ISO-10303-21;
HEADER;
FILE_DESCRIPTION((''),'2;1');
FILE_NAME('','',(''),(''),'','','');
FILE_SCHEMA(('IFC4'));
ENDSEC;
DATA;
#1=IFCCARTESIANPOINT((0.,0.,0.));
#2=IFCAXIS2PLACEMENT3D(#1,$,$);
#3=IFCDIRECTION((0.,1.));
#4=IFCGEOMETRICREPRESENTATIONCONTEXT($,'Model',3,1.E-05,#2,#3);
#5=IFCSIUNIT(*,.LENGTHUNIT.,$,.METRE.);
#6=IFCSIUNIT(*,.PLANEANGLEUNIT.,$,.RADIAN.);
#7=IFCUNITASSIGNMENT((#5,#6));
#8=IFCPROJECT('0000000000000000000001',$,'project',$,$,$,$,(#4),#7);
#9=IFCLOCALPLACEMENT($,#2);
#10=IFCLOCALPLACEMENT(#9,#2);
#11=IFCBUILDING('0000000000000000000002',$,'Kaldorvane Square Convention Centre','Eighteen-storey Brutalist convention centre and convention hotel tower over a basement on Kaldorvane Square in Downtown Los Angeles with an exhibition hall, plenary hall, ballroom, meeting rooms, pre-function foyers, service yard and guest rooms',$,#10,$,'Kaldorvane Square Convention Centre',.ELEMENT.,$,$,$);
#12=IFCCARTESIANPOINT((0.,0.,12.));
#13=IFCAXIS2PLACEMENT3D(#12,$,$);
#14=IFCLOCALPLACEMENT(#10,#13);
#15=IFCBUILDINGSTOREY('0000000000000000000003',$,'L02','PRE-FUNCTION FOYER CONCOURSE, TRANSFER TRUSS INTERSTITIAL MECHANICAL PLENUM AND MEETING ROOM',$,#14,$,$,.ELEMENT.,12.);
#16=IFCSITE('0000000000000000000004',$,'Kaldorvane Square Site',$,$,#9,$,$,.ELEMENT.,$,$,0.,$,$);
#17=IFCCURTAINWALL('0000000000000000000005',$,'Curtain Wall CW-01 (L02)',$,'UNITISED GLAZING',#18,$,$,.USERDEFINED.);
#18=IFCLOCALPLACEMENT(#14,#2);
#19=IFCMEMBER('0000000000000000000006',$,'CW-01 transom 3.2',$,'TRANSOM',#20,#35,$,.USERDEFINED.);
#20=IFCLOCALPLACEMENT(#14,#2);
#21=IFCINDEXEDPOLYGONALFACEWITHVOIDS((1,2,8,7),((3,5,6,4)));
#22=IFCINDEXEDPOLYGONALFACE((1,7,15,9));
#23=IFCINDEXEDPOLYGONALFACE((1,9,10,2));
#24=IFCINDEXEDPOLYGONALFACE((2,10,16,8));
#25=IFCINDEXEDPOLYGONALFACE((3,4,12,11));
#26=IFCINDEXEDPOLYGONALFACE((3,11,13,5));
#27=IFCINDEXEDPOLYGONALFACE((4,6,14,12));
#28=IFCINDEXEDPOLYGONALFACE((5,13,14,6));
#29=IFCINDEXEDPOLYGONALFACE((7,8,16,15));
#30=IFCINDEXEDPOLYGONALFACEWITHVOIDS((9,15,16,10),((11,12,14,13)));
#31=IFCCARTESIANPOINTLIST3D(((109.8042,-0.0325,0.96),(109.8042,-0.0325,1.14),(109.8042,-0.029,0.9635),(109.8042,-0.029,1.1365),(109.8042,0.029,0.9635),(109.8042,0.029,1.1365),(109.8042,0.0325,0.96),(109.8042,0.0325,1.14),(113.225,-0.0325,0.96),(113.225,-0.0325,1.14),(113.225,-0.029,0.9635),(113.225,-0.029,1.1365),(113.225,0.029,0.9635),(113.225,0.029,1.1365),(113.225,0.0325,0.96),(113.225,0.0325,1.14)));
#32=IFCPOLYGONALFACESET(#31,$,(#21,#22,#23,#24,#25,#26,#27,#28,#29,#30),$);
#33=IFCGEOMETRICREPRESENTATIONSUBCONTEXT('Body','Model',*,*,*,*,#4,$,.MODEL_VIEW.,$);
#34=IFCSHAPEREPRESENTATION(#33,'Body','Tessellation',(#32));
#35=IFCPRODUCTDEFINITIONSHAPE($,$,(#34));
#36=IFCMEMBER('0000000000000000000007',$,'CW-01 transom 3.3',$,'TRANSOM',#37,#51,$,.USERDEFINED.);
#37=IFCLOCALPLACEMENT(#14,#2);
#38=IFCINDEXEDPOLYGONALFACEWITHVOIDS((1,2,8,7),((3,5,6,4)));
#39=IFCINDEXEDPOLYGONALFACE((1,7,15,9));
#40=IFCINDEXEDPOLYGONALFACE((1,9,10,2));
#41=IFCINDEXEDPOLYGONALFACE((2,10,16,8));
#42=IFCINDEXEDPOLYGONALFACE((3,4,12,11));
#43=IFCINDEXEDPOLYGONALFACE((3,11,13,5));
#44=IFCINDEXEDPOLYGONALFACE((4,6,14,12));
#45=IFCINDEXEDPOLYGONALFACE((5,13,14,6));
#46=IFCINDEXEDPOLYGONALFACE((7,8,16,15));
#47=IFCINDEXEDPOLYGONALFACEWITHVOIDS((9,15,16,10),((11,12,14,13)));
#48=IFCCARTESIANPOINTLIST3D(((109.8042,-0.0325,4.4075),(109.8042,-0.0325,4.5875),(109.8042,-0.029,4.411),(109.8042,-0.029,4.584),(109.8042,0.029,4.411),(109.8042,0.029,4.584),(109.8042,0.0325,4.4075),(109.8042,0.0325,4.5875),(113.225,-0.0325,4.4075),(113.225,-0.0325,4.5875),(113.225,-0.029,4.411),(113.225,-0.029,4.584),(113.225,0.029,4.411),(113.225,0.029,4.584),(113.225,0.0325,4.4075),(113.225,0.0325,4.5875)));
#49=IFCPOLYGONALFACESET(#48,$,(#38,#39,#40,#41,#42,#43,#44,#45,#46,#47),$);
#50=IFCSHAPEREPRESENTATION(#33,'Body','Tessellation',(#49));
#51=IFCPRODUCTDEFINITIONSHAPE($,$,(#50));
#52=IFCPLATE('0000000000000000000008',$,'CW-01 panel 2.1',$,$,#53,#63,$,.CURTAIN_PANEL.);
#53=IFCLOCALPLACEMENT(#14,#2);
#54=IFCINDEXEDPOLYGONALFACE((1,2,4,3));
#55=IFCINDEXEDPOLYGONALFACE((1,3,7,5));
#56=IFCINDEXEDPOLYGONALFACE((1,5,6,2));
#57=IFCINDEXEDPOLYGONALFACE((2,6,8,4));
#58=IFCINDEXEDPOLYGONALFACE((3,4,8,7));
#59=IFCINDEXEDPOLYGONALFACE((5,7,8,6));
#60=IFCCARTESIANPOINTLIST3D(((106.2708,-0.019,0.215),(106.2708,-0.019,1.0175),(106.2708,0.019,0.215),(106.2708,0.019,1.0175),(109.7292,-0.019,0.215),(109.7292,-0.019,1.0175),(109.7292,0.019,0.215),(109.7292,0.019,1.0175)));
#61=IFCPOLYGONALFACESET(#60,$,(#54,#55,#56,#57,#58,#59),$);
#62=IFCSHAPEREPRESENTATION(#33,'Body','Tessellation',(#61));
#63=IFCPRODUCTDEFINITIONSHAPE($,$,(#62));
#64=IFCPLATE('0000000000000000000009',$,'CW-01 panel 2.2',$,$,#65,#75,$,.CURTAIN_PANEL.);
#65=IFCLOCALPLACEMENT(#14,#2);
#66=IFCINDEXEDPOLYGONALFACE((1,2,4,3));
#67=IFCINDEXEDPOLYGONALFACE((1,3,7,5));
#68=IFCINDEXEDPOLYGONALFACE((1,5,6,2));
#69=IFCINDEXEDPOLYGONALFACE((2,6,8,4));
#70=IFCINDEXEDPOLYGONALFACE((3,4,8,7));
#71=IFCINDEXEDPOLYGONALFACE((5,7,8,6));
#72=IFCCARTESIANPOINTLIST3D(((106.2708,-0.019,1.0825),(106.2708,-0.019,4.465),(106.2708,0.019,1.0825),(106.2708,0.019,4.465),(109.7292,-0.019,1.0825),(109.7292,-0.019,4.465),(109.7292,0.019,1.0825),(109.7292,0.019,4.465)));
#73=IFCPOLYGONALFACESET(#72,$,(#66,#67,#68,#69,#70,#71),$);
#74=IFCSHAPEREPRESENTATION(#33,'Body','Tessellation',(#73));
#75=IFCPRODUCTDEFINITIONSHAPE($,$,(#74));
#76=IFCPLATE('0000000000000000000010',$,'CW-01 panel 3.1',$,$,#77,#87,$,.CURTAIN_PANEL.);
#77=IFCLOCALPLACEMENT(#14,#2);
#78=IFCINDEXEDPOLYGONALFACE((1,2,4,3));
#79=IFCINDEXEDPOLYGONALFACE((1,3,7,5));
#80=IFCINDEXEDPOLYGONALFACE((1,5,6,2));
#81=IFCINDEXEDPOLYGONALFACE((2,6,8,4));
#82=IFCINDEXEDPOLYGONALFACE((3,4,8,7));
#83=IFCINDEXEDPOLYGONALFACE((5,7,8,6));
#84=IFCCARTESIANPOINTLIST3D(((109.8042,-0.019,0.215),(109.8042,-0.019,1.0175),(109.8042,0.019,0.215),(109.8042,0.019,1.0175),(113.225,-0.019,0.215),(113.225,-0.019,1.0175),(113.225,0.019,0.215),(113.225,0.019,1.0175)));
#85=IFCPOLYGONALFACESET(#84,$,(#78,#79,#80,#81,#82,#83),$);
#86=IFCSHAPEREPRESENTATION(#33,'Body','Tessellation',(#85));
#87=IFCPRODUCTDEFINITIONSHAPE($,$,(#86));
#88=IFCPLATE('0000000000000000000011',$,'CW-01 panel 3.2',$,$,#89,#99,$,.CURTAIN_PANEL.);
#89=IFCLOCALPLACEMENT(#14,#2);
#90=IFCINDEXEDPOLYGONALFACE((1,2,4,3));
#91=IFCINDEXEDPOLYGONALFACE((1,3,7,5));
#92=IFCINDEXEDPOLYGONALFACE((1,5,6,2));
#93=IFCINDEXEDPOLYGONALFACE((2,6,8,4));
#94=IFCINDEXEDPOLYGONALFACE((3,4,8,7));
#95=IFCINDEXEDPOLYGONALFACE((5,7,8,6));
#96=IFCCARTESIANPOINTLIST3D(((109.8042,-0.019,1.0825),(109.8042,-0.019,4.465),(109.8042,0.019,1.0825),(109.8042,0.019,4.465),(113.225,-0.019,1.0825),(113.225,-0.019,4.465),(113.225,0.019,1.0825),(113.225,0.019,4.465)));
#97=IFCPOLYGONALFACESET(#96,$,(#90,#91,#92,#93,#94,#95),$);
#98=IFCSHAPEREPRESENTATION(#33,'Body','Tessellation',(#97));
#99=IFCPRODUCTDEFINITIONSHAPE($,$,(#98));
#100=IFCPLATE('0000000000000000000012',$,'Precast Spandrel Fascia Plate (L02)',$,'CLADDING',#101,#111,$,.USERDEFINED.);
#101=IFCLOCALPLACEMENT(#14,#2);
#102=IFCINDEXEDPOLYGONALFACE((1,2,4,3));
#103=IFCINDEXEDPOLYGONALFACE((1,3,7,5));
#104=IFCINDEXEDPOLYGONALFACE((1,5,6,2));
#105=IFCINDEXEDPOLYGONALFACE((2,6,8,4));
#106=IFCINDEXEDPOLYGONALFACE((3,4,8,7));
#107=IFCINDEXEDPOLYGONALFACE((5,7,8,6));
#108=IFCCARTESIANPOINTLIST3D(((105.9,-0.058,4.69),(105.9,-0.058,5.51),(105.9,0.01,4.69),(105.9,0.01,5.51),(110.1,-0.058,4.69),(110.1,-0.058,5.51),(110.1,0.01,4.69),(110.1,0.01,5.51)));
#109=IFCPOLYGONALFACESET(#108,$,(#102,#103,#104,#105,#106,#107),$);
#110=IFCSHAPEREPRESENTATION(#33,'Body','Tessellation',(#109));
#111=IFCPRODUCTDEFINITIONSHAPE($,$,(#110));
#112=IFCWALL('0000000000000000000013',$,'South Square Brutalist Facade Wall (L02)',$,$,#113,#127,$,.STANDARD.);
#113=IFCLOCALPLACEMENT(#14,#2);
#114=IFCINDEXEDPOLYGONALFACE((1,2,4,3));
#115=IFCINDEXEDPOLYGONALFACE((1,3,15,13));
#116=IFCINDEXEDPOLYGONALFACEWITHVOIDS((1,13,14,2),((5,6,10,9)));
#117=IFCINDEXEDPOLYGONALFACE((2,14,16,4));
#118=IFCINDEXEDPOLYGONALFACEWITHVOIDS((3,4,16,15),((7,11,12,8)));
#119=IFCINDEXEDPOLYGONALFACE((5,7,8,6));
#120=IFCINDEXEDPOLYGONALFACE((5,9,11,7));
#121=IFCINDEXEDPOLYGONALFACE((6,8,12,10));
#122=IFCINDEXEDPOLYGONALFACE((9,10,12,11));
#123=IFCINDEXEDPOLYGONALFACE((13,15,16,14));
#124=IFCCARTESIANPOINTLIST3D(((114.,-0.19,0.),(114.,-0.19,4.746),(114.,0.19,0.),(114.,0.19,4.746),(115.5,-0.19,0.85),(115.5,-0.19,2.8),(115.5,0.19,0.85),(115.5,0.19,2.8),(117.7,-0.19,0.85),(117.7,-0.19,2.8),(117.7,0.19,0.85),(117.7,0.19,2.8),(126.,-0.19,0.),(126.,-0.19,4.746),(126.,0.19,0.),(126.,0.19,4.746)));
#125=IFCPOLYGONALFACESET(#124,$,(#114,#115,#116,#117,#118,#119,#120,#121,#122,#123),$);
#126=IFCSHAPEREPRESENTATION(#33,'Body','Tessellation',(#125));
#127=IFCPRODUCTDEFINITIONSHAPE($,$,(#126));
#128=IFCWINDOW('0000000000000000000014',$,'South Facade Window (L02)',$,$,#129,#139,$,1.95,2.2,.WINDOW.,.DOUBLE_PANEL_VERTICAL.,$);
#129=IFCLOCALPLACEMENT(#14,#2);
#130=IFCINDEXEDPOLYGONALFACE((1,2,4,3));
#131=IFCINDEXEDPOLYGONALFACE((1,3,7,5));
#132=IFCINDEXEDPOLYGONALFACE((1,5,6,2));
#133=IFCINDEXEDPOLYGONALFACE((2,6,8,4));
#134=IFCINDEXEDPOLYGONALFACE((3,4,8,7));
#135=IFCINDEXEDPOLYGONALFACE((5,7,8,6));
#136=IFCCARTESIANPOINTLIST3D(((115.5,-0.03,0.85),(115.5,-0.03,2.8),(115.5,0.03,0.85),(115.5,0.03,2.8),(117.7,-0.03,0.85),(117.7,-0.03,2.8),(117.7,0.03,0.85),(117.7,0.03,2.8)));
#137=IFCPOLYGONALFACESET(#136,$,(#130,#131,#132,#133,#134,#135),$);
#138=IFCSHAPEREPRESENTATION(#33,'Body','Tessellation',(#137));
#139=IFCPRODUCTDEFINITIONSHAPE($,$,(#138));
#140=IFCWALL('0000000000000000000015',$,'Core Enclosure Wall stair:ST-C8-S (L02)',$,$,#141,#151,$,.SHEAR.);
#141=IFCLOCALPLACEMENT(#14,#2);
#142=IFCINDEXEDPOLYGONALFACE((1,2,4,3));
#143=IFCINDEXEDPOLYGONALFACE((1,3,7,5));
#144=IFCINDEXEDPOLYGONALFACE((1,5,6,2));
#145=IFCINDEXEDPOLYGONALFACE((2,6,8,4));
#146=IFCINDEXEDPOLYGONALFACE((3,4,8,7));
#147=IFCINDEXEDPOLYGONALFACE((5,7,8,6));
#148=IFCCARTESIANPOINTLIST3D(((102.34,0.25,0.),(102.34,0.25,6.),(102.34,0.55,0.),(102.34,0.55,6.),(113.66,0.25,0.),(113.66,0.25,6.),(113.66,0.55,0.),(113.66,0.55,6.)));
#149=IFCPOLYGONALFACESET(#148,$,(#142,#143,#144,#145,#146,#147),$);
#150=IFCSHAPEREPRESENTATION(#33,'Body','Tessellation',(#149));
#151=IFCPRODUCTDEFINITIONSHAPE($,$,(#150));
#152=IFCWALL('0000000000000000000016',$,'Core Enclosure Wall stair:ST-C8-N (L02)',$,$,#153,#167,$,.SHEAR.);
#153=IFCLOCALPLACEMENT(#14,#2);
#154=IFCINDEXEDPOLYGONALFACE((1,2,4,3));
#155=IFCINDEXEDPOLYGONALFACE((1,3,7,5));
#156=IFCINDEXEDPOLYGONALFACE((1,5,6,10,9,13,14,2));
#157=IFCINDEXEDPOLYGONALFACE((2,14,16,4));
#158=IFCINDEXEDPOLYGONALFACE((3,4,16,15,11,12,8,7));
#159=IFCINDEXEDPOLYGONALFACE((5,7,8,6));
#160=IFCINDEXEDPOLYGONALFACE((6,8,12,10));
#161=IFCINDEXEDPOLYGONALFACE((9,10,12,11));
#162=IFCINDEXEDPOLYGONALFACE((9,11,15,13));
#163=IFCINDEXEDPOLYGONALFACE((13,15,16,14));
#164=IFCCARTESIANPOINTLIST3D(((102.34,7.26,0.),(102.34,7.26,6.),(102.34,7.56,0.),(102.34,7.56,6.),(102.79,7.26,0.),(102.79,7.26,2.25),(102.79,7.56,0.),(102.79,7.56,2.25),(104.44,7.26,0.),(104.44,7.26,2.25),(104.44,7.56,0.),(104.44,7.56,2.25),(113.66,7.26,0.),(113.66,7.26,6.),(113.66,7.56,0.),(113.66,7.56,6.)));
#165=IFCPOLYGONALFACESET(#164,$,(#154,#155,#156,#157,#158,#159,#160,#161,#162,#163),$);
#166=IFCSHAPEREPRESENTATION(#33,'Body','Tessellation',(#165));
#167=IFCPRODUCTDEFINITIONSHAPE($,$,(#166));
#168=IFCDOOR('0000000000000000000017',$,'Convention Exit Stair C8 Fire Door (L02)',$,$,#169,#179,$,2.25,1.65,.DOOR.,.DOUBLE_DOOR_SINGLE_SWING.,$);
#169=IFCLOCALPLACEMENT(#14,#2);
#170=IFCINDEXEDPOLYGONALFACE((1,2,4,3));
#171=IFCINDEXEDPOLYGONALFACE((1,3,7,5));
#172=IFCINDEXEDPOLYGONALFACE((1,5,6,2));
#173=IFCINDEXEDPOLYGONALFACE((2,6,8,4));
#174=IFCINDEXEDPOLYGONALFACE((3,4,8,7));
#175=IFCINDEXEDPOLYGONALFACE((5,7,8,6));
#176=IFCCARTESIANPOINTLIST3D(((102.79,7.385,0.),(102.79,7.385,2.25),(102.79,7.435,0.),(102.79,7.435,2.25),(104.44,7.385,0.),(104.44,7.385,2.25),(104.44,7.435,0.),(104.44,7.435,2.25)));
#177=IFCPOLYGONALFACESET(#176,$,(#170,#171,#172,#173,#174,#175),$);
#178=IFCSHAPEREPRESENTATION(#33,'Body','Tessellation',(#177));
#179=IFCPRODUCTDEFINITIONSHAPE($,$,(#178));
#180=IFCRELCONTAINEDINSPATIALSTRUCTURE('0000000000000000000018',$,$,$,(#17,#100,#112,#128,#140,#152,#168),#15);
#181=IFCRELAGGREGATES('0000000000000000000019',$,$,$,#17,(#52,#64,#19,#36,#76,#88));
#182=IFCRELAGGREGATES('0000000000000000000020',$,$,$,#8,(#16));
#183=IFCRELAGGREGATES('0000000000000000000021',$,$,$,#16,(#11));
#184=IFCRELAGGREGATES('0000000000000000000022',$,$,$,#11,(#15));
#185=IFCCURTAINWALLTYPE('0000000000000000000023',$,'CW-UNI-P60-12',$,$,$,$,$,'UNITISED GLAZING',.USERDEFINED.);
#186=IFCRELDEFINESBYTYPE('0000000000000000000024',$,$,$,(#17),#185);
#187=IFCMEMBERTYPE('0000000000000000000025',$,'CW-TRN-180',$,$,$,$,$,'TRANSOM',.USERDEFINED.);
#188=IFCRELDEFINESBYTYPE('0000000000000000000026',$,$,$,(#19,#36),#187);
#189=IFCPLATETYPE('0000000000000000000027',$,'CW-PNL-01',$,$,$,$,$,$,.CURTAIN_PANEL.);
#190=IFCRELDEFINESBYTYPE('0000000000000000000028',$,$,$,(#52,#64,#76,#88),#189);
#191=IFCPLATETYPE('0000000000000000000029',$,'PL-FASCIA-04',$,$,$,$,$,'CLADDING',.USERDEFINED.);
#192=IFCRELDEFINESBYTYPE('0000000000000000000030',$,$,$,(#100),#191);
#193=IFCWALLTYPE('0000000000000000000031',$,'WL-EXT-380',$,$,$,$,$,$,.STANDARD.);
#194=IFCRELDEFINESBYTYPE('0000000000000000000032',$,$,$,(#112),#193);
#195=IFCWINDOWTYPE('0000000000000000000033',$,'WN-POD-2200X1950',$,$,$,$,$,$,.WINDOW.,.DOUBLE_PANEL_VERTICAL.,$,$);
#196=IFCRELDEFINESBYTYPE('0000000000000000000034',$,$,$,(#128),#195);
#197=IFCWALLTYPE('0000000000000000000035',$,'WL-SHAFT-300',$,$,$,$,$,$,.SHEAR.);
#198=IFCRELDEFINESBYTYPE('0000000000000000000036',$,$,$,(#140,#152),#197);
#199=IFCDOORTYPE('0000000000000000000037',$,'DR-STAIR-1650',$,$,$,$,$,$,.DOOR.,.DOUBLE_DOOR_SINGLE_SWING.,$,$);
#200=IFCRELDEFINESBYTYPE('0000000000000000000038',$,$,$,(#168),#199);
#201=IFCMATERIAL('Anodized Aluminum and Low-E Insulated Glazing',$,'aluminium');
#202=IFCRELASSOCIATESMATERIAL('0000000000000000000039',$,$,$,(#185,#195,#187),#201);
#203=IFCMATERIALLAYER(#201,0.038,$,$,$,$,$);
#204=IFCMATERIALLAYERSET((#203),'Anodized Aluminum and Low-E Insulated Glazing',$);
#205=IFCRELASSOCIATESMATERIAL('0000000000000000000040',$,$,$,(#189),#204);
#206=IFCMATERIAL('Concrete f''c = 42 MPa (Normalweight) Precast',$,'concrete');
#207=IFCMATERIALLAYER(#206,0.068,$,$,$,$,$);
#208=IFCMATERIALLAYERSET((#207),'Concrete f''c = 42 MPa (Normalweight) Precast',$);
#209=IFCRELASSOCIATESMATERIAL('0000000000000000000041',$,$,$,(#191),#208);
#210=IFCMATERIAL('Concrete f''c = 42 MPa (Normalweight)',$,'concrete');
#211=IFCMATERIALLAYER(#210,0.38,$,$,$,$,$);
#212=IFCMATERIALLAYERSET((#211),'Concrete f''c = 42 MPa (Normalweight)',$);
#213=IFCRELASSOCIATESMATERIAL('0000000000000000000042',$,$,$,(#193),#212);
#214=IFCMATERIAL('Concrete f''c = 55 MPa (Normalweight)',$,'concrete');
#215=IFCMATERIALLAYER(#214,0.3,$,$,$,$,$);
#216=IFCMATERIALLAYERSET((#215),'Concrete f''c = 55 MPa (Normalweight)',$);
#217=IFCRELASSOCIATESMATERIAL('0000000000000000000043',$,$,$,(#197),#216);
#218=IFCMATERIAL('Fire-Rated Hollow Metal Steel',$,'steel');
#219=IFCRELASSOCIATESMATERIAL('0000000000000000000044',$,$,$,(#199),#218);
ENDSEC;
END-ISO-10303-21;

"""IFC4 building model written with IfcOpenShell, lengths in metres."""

from ifc_helpers import new_model, si_unit, direction, frame, frame_2d, origin, origin_2d, place, context, subcontext, project, spatial, rectangle, hollow_rectangle, extrude, material, layer, layer_set, material_profile, profile_set, type_object, element, fill, aggregate, save


model = new_model("IFC4")

# Units and contexts
model_context = context("Model", 3, precision=1e-05, world=origin(), true_north=direction((0.0, 1.0)))
body_context = subcontext(model_context, "Body", "Model", "MODEL_VIEW")
ifc_project = project(units=[si_unit("LENGTHUNIT", "METRE"), si_unit("PLANEANGLEUNIT", "RADIAN")], contexts=[model_context])

# Site, building, storey
site_placement = place(None, origin())
site = spatial("IfcSite", under=ifc_project, at=site_placement, Name="Kaldorvane Square Site", CompositionType="ELEMENT", RefElevation=0.0)
building_placement = place(site_placement, origin())
building = spatial("IfcBuilding", under=site, at=building_placement, Name="Kaldorvane Square Convention Centre", Description="Eighteen-storey Brutalist convention centre and convention hotel tower over a basement on Kaldorvane Square in Downtown Los Angeles with an exhibition hall, plenary hall, ballroom, meeting rooms, pre-function foyers, service yard and guest rooms", LongName="Kaldorvane Square Convention Centre", CompositionType="ELEMENT")
storey_placement = place(building_placement, frame((0.0, 0.0, 12.0)))
storey = spatial("IfcBuildingStorey", under=building, at=storey_placement, Name="L02", Description="PRE-FUNCTION FOYER CONCOURSE, TRANSFER TRUSS INTERSTITIAL MECHANICAL PLENUM AND MEETING ROOM", CompositionType="ELEMENT", Elevation=12.0)

# Shared definitions
ifc_material_1 = material(Name="Concrete f'c = 42 MPa (Normalweight)", Category="concrete")

# Curtain wall, members, plates
ifc_material_2 = material(Name="Anodized Aluminum and Low-E Insulated Glazing", Category="aluminium")
curtain_wall_type = type_object("IfcCurtainWallType", Name="CW-UNI-P60-12", ElementType="UNITISED GLAZING", PredefinedType="USERDEFINED", material=ifc_material_2)
curtain_wall_placement = place(storey_placement, origin())
curtain_wall = element("IfcCurtainWall", 1, at=curtain_wall_placement, inside=storey, type_object=curtain_wall_type, Name="Curtain Wall CW-01 (L02)", ObjectType="UNITISED GLAZING", PredefinedType="USERDEFINED")
ifc_material_profile_1 = material_profile(ifc_material_2, hollow_rectangle(XDim=0.065, YDim=0.18, WallThickness=0.0035, at=origin_2d()), Name="CWT-180X65")
ifc_profile_set_1 = profile_set([ifc_material_profile_1], Name="Anodized Aluminum and Low-E Insulated Glazing")
member_type_1 = type_object("IfcMemberType", Name="CW-TRN-180", ElementType="TRANSOM", PredefinedType="USERDEFINED", material=ifc_profile_set_1)
member_1_placement = place(storey_placement, frame((109.8042, 0.0, 1.05), z_axis=(1.0, 0.0, 0.0), x_axis=(0.0, 1.0, 0.0)))
member_1 = element("IfcMember", 2, at=member_1_placement, type_object=member_type_1, Name="CW-01 transom 3.2", ObjectType="TRANSOM", PredefinedType="USERDEFINED", context=body_context, shape_type="SweptSolid", body=[
    extrude(hollow_rectangle(XDim=0.065, YDim=0.18, WallThickness=0.0035, at=origin_2d()), origin(), (0.0, 0.0, 1.0), 3.4208),
])
member_2_placement = place(storey_placement, frame((109.8042, 0.0, 4.4975), z_axis=(1.0, 0.0, 0.0), x_axis=(0.0, 1.0, 0.0)))
member_2 = element("IfcMember", 3, at=member_2_placement, type_object=member_type_1, Name="CW-01 transom 3.3", ObjectType="TRANSOM", PredefinedType="USERDEFINED", context=body_context, shape_type="SweptSolid", body=[
    extrude(hollow_rectangle(XDim=0.065, YDim=0.18, WallThickness=0.0035, at=origin_2d()), origin(), (0.0, 0.0, 1.0), 3.4208),
])
ifc_layer_1 = layer(ifc_material_2, 0.038)
ifc_layer_set_1 = layer_set([ifc_layer_1], Name="Anodized Aluminum and Low-E Insulated Glazing")
plate_type_1 = type_object("IfcPlateType", Name="CW-PNL-01", PredefinedType="CURTAIN_PANEL", material=ifc_layer_set_1)
plate_1_placement = place(storey_placement, frame((108.0, 0.0, 0.215), z_axis=(0.0, 0.0, 1.0), x_axis=(1.0, 0.0, 0.0)))
plate_1 = element("IfcPlate", 4, at=plate_1_placement, type_object=plate_type_1, Name="CW-01 panel 2.1", PredefinedType="CURTAIN_PANEL", context=body_context, shape_type="SweptSolid", body=[
    extrude(rectangle(XDim=3.4583, YDim=0.038, at=origin_2d()), origin(), (0.0, 0.0, 1.0), 0.8025),
])
plate_2_placement = place(storey_placement, frame((108.0, 0.0, 1.0825), z_axis=(0.0, 0.0, 1.0), x_axis=(1.0, 0.0, 0.0)))
plate_2 = element("IfcPlate", 5, at=plate_2_placement, type_object=plate_type_1, Name="CW-01 panel 2.2", PredefinedType="CURTAIN_PANEL", context=body_context, shape_type="SweptSolid", body=[
    extrude(rectangle(XDim=3.4583, YDim=0.038, at=origin_2d()), origin(), (0.0, 0.0, 1.0), 3.3825),
])
plate_3_placement = place(storey_placement, frame((111.5146, 0.0, 0.215), z_axis=(0.0, 0.0, 1.0), x_axis=(1.0, 0.0, 0.0)))
plate_3 = element("IfcPlate", 6, at=plate_3_placement, type_object=plate_type_1, Name="CW-01 panel 3.1", PredefinedType="CURTAIN_PANEL", context=body_context, shape_type="SweptSolid", body=[
    extrude(rectangle(XDim=3.4208, YDim=0.038, at=origin_2d()), origin(), (0.0, 0.0, 1.0), 0.8025),
])
plate_4_placement = place(storey_placement, frame((111.5146, 0.0, 1.0825), z_axis=(0.0, 0.0, 1.0), x_axis=(1.0, 0.0, 0.0)))
plate_4 = element("IfcPlate", 7, at=plate_4_placement, type_object=plate_type_1, Name="CW-01 panel 3.2", PredefinedType="CURTAIN_PANEL", context=body_context, shape_type="SweptSolid", body=[
    extrude(rectangle(XDim=3.4208, YDim=0.038, at=origin_2d()), origin(), (0.0, 0.0, 1.0), 3.3825),
])
aggregate(curtain_wall, [plate_1, plate_2, member_1, member_2, plate_3, plate_4])

# Plate
ifc_material_3 = material(Name="Concrete f'c = 42 MPa (Normalweight) Precast", Category="concrete")
ifc_layer_2 = layer(ifc_material_3, 0.068)
ifc_layer_set_2 = layer_set([ifc_layer_2], Name="Concrete f'c = 42 MPa (Normalweight) Precast")
plate_type_2 = type_object("IfcPlateType", Name="PL-FASCIA-04", ElementType="CLADDING", PredefinedType="USERDEFINED", material=ifc_layer_set_2)
plate_5_placement = place(storey_placement, frame((108.0, -0.024, 4.69), z_axis=(0.0, 0.0, 1.0), x_axis=(1.0, 0.0, 0.0)))
element("IfcPlate", 8, at=plate_5_placement, inside=storey, type_object=plate_type_2, Name="Precast Spandrel Fascia Plate (L02)", ObjectType="CLADDING", PredefinedType="USERDEFINED", context=body_context, shape_type="SweptSolid", body=[
    extrude(rectangle(XDim=4.2, YDim=0.068, at=origin_2d()), origin(), (0.0, 0.0, 1.0), 0.82),
])

# Wall, opening, window
ifc_layer_3 = layer(ifc_material_1, 0.38)
ifc_layer_set_3 = layer_set([ifc_layer_3], Name="Concrete f'c = 42 MPa (Normalweight)")
wall_type_1 = type_object("IfcWallType", Name="WL-EXT-380", PredefinedType="STANDARD", material=ifc_layer_set_3)
wall_1_placement = place(storey_placement, frame((114.0, 0.0, 0.0), z_axis=(0.0, 0.0, 1.0), x_axis=(1.0, 0.0, 0.0)))
wall_1 = element("IfcWall", 9, at=wall_1_placement, inside=storey, type_object=wall_type_1, Name="South Square Brutalist Facade Wall (L02)", PredefinedType="STANDARD", context=body_context, shape_type="SweptSolid", body=[
    extrude(rectangle(XDim=12.0, YDim=0.38, at=frame_2d((6.0, 0.0))), origin(), (0.0, 0.0, 1.0), 4.746),
])
opening_1_placement = place(wall_1_placement, frame((1.5, 0.0, 0.85)))
opening_1 = element("IfcOpeningElement", 10, at=opening_1_placement, cuts=wall_1, PredefinedType="OPENING", context=body_context, shape_type="SweptSolid", body=[
    extrude(rectangle(XDim=2.2, YDim=1.95, at=frame_2d((1.1, 0.975))), frame((0.0, 0.205, 0.0), z_axis=(0.0, -1.0, 0.0), x_axis=(1.0, 0.0, 0.0)), (0.0, 0.0, 1.0), 0.41),
])
window_type = type_object("IfcWindowType", Name="WN-POD-2200X1950", PartitioningType="DOUBLE_PANEL_VERTICAL", PredefinedType="WINDOW", material=ifc_material_2)
window_placement = place(opening_1_placement, origin())
window = element("IfcWindow", 11, at=window_placement, inside=storey, type_object=window_type, Name="South Facade Window (L02)", OverallHeight=1.95, OverallWidth=2.2, PartitioningType="DOUBLE_PANEL_VERTICAL", PredefinedType="WINDOW", context=body_context, shape_type="SweptSolid", body=[
    extrude(rectangle(XDim=2.2, YDim=1.95, at=frame_2d((1.1, 0.975))), frame((0.0, 0.03, 0.0), z_axis=(0.0, -1.0, 0.0), x_axis=(1.0, 0.0, 0.0)), (0.0, 0.0, 1.0), 0.06),
])
fill(opening_1, window)

# Wall
ifc_material_4 = material(Name="Concrete f'c = 55 MPa (Normalweight)", Category="concrete")
ifc_layer_4 = layer(ifc_material_4, 0.3)
ifc_layer_set_4 = layer_set([ifc_layer_4], Name="Concrete f'c = 55 MPa (Normalweight)")
wall_type_2 = type_object("IfcWallType", Name="WL-SHAFT-300", PredefinedType="SHEAR", material=ifc_layer_set_4)
wall_2_placement = place(storey_placement, frame((113.66, 0.4, 0.0), z_axis=(0.0, 0.0, 1.0), x_axis=(-1.0, 0.0, 0.0)))
element("IfcWall", 12, at=wall_2_placement, inside=storey, type_object=wall_type_2, Name="Core Enclosure Wall stair:ST-C8-S (L02)", PredefinedType="SHEAR", context=body_context, shape_type="SweptSolid", body=[
    extrude(rectangle(XDim=11.32, YDim=0.3, at=frame_2d((5.66, 0.0))), origin(), (0.0, 0.0, 1.0), 6.0),
])

# Wall, opening, door
wall_3_placement = place(storey_placement, frame((113.66, 7.41, 0.0), z_axis=(0.0, 0.0, 1.0), x_axis=(-1.0, 0.0, 0.0)))
wall_3 = element("IfcWall", 13, at=wall_3_placement, inside=storey, type_object=wall_type_2, Name="Core Enclosure Wall stair:ST-C8-N (L02)", PredefinedType="SHEAR", context=body_context, shape_type="SweptSolid", body=[
    extrude(rectangle(XDim=11.32, YDim=0.3, at=frame_2d((5.66, 0.0))), origin(), (0.0, 0.0, 1.0), 6.0),
])
opening_2_placement = place(wall_3_placement, frame((9.22, 0.0, 0.0)))
opening_2 = element("IfcOpeningElement", 14, at=opening_2_placement, cuts=wall_3, PredefinedType="OPENING", context=body_context, shape_type="SweptSolid", body=[
    extrude(rectangle(XDim=1.65, YDim=2.25, at=frame_2d((0.825, 1.125))), frame((0.0, 0.165, 0.0), z_axis=(0.0, -1.0, 0.0), x_axis=(1.0, 0.0, 0.0)), (0.0, 0.0, 1.0), 0.33),
])
ifc_material_5 = material(Name="Fire-Rated Hollow Metal Steel", Category="steel")
door_type = type_object("IfcDoorType", Name="DR-STAIR-1650", OperationType="DOUBLE_DOOR_SINGLE_SWING", PredefinedType="DOOR", material=ifc_material_5)
door_placement = place(opening_2_placement, origin())
door = element("IfcDoor", 15, at=door_placement, inside=storey, type_object=door_type, Name="Convention Exit Stair C8 Fire Door (L02)", OperationType="DOUBLE_DOOR_SINGLE_SWING", OverallHeight=2.25, OverallWidth=1.65, PredefinedType="DOOR", context=body_context, shape_type="SweptSolid", body=[
    extrude(rectangle(XDim=1.65, YDim=2.25, at=frame_2d((0.825, 1.125))), frame((0.0, 0.025, 0.0), z_axis=(0.0, -1.0, 0.0), x_axis=(1.0, 0.0, 0.0)), (0.0, 0.0, 1.0), 0.05),
])
fill(opening_2, door)

save(model, "model.ifc")
